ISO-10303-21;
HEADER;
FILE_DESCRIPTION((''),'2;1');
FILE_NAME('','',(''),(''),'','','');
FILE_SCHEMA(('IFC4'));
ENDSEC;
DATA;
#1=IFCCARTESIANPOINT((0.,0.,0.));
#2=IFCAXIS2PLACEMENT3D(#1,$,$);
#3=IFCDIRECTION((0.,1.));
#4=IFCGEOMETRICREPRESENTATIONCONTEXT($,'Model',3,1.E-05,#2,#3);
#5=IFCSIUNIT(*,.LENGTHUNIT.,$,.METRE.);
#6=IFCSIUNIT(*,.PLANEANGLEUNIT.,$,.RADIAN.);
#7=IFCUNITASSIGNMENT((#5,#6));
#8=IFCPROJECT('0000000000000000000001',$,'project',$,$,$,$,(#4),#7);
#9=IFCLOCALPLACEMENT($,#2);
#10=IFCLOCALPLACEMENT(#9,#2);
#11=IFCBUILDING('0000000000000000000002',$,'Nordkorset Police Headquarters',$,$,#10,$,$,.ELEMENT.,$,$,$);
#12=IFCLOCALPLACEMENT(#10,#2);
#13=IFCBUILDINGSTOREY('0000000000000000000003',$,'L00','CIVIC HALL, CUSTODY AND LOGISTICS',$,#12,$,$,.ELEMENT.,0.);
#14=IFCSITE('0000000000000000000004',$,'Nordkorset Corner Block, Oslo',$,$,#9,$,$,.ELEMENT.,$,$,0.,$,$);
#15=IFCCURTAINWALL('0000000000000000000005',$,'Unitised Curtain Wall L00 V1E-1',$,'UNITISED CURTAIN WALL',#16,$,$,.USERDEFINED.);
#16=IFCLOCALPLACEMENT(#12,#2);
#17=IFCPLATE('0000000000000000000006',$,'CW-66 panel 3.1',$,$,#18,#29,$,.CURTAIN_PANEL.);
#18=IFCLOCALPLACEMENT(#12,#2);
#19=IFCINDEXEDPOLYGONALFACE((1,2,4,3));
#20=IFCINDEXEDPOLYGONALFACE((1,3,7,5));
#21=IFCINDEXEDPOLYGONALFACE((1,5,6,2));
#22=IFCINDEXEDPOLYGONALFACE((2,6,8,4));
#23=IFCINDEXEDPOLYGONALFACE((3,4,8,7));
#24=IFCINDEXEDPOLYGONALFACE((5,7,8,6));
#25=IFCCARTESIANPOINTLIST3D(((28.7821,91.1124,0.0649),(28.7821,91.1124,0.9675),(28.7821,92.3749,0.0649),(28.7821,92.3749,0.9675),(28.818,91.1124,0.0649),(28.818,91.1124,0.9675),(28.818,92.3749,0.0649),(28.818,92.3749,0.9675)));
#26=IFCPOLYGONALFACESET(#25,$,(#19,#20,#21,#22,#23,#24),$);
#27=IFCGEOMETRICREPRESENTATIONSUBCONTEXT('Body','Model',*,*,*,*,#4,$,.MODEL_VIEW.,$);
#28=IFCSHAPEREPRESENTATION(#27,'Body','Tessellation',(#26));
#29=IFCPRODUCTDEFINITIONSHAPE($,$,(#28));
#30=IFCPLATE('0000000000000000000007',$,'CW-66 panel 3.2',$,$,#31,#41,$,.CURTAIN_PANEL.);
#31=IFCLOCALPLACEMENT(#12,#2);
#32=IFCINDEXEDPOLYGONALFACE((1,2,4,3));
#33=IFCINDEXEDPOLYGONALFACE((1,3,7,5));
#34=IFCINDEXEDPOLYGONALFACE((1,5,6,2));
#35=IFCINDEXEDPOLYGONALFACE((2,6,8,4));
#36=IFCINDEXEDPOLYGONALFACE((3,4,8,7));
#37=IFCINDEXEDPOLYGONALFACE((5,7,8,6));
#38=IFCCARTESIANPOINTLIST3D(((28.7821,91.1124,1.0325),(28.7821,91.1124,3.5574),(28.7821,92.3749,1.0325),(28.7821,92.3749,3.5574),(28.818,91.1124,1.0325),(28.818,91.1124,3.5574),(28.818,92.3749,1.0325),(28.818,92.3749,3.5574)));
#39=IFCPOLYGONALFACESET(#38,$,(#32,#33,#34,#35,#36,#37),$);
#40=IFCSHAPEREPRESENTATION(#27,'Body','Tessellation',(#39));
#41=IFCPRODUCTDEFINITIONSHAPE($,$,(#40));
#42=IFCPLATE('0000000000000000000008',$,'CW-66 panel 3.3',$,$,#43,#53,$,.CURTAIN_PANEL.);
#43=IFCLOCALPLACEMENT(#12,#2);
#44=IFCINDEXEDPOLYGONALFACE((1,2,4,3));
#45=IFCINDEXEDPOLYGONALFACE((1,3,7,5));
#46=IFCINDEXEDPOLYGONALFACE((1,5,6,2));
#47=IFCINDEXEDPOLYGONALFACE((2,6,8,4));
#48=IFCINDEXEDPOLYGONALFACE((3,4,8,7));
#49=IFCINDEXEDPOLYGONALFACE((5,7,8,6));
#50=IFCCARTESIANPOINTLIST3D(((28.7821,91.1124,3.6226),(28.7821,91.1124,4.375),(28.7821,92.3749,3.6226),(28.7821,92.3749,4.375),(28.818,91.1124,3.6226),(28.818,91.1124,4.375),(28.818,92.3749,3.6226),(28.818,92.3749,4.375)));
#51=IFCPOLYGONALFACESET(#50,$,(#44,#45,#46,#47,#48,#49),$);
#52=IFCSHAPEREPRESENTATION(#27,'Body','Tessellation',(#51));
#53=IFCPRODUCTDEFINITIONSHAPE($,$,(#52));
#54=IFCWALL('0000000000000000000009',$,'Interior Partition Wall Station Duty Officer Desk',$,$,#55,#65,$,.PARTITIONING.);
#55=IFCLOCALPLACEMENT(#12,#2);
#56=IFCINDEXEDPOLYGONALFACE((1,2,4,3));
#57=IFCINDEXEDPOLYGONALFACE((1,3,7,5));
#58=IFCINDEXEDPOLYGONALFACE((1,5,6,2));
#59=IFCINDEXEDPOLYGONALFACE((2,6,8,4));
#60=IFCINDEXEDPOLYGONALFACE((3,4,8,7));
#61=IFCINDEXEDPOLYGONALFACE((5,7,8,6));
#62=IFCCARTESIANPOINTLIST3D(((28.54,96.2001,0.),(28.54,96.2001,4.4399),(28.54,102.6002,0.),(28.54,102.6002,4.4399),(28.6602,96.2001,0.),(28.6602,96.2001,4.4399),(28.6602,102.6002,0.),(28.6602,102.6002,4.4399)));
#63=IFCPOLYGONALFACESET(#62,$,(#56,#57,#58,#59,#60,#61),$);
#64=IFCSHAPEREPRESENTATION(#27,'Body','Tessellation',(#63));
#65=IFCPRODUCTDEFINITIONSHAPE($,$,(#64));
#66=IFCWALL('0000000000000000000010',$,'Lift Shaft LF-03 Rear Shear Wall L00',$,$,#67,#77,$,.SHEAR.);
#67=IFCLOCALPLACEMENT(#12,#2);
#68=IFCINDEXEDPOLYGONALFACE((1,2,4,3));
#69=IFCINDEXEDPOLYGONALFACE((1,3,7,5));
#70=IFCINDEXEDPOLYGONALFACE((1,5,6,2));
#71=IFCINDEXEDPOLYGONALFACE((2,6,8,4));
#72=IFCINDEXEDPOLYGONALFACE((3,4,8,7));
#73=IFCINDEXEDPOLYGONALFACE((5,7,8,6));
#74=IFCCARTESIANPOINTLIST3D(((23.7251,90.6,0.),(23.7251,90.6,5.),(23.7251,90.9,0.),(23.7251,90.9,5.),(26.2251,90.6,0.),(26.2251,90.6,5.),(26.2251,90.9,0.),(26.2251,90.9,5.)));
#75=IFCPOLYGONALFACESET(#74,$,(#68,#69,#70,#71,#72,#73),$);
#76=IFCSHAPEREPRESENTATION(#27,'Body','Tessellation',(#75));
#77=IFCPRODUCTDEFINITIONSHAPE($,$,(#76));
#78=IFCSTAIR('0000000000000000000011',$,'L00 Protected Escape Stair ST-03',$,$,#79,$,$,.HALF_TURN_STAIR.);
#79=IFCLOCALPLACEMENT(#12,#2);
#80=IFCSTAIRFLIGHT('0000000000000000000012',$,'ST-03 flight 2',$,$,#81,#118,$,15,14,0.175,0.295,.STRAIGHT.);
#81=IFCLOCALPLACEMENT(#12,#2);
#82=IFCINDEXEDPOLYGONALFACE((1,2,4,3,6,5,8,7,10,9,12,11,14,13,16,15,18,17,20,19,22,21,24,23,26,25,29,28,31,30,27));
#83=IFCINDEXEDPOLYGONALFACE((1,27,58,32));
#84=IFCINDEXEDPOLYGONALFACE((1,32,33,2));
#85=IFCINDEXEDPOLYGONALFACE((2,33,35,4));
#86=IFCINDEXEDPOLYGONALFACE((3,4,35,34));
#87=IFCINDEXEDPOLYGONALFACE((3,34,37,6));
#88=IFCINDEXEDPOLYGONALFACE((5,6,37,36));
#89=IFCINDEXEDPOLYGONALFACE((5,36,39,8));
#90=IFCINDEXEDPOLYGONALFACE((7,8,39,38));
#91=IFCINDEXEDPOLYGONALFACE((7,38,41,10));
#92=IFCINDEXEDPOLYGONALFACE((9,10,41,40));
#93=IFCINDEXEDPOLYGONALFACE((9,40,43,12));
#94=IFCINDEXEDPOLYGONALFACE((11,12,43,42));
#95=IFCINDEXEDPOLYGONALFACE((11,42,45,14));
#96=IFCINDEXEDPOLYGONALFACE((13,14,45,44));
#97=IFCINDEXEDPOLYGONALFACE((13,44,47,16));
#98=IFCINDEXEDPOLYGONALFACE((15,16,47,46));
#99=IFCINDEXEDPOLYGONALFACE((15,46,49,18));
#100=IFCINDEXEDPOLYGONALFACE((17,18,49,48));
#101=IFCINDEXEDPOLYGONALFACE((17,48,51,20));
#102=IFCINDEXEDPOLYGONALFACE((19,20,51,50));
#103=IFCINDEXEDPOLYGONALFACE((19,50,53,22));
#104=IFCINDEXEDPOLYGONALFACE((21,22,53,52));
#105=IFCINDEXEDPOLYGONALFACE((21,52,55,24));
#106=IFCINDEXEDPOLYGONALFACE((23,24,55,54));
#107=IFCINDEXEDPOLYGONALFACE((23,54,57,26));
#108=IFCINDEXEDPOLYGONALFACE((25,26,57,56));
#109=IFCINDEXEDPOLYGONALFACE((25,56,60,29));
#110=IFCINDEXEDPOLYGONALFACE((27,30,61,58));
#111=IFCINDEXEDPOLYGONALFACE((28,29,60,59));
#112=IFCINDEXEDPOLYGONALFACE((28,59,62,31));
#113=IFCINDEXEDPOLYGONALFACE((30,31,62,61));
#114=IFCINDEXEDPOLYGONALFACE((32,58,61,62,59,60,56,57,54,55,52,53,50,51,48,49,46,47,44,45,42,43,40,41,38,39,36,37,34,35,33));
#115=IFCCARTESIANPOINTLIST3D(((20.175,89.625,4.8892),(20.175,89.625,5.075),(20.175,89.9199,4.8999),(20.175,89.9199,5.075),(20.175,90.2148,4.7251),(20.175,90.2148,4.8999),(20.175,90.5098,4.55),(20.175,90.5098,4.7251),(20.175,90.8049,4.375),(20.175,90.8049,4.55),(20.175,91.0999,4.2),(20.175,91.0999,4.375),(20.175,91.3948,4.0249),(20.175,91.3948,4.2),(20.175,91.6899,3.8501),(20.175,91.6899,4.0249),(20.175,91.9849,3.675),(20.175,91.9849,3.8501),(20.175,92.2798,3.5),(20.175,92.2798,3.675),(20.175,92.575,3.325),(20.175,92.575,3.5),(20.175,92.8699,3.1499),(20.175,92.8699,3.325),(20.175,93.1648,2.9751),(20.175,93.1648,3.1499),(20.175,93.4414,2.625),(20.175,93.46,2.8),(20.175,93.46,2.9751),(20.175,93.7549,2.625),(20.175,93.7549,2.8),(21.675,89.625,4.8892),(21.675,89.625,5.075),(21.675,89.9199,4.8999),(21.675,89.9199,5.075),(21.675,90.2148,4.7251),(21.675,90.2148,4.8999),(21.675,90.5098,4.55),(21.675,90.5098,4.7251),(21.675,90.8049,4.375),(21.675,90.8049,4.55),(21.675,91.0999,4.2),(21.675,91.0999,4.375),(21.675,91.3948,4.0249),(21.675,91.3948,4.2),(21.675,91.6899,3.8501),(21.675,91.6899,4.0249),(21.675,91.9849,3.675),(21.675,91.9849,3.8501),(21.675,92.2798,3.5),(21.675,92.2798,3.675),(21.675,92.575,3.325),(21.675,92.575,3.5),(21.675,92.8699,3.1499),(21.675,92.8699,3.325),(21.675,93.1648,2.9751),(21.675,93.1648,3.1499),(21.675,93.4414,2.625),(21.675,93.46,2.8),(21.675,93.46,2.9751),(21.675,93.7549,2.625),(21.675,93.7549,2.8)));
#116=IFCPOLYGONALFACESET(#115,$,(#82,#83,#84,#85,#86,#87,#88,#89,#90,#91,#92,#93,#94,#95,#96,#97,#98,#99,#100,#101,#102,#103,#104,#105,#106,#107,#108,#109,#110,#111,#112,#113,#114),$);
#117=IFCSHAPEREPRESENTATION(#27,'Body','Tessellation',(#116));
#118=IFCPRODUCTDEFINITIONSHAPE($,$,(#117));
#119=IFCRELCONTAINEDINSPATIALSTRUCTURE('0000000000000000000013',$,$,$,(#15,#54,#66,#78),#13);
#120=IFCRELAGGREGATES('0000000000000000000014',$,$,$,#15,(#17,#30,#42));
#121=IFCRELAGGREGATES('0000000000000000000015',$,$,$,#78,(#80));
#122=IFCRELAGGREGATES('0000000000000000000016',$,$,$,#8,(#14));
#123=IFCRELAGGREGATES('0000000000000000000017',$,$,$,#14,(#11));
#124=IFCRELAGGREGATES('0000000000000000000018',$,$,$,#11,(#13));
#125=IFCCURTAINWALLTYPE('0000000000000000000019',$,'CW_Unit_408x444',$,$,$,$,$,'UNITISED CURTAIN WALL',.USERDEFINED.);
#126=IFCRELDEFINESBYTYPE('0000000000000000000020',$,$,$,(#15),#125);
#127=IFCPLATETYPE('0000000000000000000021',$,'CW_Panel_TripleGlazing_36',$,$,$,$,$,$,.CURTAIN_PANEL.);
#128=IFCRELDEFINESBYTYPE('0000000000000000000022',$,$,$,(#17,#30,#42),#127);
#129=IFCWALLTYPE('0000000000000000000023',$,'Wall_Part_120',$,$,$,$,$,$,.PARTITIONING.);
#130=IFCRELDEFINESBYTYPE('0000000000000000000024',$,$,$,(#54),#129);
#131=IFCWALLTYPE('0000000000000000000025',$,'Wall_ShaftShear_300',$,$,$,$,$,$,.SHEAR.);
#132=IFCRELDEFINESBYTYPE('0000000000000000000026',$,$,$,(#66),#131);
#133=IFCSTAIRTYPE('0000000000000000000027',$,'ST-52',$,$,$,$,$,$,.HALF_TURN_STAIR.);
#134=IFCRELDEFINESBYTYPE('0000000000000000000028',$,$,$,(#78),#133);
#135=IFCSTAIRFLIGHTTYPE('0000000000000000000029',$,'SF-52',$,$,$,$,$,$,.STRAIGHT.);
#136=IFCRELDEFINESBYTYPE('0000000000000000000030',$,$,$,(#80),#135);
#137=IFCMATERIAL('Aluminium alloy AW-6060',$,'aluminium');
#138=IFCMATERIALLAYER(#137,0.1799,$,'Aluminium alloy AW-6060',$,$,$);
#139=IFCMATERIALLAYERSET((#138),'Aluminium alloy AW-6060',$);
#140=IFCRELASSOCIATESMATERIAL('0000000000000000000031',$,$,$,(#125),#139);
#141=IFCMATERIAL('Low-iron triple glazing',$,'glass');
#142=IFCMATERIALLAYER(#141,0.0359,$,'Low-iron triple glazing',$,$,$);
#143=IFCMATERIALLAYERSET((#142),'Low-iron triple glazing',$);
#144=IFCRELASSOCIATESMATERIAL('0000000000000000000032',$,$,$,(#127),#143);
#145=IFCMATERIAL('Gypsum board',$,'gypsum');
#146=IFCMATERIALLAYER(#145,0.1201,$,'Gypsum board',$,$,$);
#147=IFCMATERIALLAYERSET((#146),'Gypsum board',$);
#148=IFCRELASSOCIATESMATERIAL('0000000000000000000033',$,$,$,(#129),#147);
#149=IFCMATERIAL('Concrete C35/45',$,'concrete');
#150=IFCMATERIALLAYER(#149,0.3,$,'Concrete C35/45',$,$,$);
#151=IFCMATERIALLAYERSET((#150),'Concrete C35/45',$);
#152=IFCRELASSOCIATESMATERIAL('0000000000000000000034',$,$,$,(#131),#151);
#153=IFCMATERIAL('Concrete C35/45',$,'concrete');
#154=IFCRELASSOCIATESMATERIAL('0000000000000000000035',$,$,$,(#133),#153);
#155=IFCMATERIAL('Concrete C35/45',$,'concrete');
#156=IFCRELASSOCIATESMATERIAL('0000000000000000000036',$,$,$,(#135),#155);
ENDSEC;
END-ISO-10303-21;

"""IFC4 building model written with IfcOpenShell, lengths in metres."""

from ifc_helpers import new_model, si_unit, direction, frame, frame_2d, origin, origin_2d, place, context, subcontext, project, spatial, polyline, rectangle, outline, extrude, material, layer, layer_set, type_object, element, aggregate, save


model = new_model("IFC4")

# Units and contexts
model_context = context("Model", 3, precision=1e-05, world=origin(), true_north=direction((0.0, 1.0)))
body_context = subcontext(model_context, "Body", "Model", "MODEL_VIEW")
ifc_project = project(units=[si_unit("LENGTHUNIT", "METRE"), si_unit("PLANEANGLEUNIT", "RADIAN")], contexts=[model_context])

# Site, building, storey
site_placement = place(None, origin())
site = spatial("IfcSite", under=ifc_project, at=site_placement, Name="Nordkorset Corner Block, Oslo", CompositionType="ELEMENT", RefElevation=0.0)
building_placement = place(site_placement, origin())
building = spatial("IfcBuilding", under=site, at=building_placement, Name="Nordkorset Police Headquarters", CompositionType="ELEMENT")
storey_placement = place(building_placement, origin())
storey = spatial("IfcBuildingStorey", under=building, at=storey_placement, Name="L00", Description="CIVIC HALL, CUSTODY AND LOGISTICS", CompositionType="ELEMENT", Elevation=0.0)

# Curtain wall, plates
ifc_material_1 = material(Name="Aluminium alloy AW-6060", Category="aluminium")
ifc_layer_1 = layer(ifc_material_1, 0.1799, Name="Aluminium alloy AW-6060")
ifc_layer_set_1 = layer_set([ifc_layer_1], Name="Aluminium alloy AW-6060")
curtain_wall_type = type_object("IfcCurtainWallType", Name="CW_Unit_408x444", ElementType="UNITISED CURTAIN WALL", PredefinedType="USERDEFINED", material=ifc_layer_set_1)
curtain_wall_placement = place(storey_placement, origin())
curtain_wall = element("IfcCurtainWall", 1, at=curtain_wall_placement, inside=storey, type_object=curtain_wall_type, Name="Unitised Curtain Wall L00 V1E-1", ObjectType="UNITISED CURTAIN WALL", PredefinedType="USERDEFINED")
ifc_material_2 = material(Name="Low-iron triple glazing", Category="glass")
ifc_layer_2 = layer(ifc_material_2, 0.0359, Name="Low-iron triple glazing")
ifc_layer_set_2 = layer_set([ifc_layer_2], Name="Low-iron triple glazing")
plate_type = type_object("IfcPlateType", Name="CW_Panel_TripleGlazing_36", PredefinedType="CURTAIN_PANEL", material=ifc_layer_set_2)
plate_1_placement = place(storey_placement, frame((28.8, 91.7437, 0.0649), z_axis=(0.0, 0.0, 1.0), x_axis=(0.0, 1.0, 0.0)))
plate_1 = element("IfcPlate", 2, at=plate_1_placement, type_object=plate_type, Name="CW-66 panel 3.1", PredefinedType="CURTAIN_PANEL", context=body_context, shape_type="SweptSolid", body=[
    extrude(rectangle(XDim=1.2625, YDim=0.0359, at=origin_2d()), origin(), (0.0, 0.0, 1.0), 0.9026),
])
plate_2_placement = place(storey_placement, frame((28.8, 91.7437, 1.0325), z_axis=(0.0, 0.0, 1.0), x_axis=(0.0, 1.0, 0.0)))
plate_2 = element("IfcPlate", 3, at=plate_2_placement, type_object=plate_type, Name="CW-66 panel 3.2", PredefinedType="CURTAIN_PANEL", context=body_context, shape_type="SweptSolid", body=[
    extrude(rectangle(XDim=1.2625, YDim=0.0359, at=origin_2d()), origin(), (0.0, 0.0, 1.0), 2.5249),
])
plate_3_placement = place(storey_placement, frame((28.8, 91.7437, 3.6226), z_axis=(0.0, 0.0, 1.0), x_axis=(0.0, 1.0, 0.0)))
plate_3 = element("IfcPlate", 4, at=plate_3_placement, type_object=plate_type, Name="CW-66 panel 3.3", PredefinedType="CURTAIN_PANEL", context=body_context, shape_type="SweptSolid", body=[
    extrude(rectangle(XDim=1.2625, YDim=0.0359, at=origin_2d()), origin(), (0.0, 0.0, 1.0), 0.7524),
])
aggregate(curtain_wall, [plate_1, plate_2, plate_3])

# Walls
ifc_material_3 = material(Name="Gypsum board", Category="gypsum")
ifc_layer_3 = layer(ifc_material_3, 0.1201, Name="Gypsum board")
ifc_layer_set_3 = layer_set([ifc_layer_3], Name="Gypsum board")
wall_type_1 = type_object("IfcWallType", Name="Wall_Part_120", PredefinedType="PARTITIONING", material=ifc_layer_set_3)
wall_1_placement = place(storey_placement, frame((28.6001, 96.2, 0.0), z_axis=(0.0, 0.0, 1.0), x_axis=(0.0, 1.0, 0.0)))
element("IfcWall", 5, at=wall_1_placement, inside=storey, type_object=wall_type_1, Name="Interior Partition Wall Station Duty Officer Desk", PredefinedType="PARTITIONING", context=body_context, shape_type="SweptSolid", body=[
    extrude(rectangle(XDim=6.4001, YDim=0.1201, at=frame_2d((3.2002, 0.0))), origin(), (0.0, 0.0, 1.0), 4.4399),
])
ifc_material_4 = material(Name="Concrete C35/45", Category="concrete")
ifc_layer_4 = layer(ifc_material_4, 0.3, Name="Concrete C35/45")
ifc_layer_set_4 = layer_set([ifc_layer_4], Name="Concrete C35/45")
wall_type_2 = type_object("IfcWallType", Name="Wall_ShaftShear_300", PredefinedType="SHEAR", material=ifc_layer_set_4)
wall_2_placement = place(storey_placement, frame((23.7251, 90.75, 0.0), z_axis=(0.0, 0.0, 1.0), x_axis=(1.0, 0.0, 0.0)))
element("IfcWall", 6, at=wall_2_placement, inside=storey, type_object=wall_type_2, Name="Lift Shaft LF-03 Rear Shear Wall L00", PredefinedType="SHEAR", context=body_context, shape_type="SweptSolid", body=[
    extrude(rectangle(XDim=2.5, YDim=0.3, at=frame_2d((1.25, 0.0))), origin(), (0.0, 0.0, 1.0), 5.0),
])

# Stair, stair flight
ifc_material_5 = material(Name="Concrete C35/45", Category="concrete")
stair_type = type_object("IfcStairType", Name="ST-52", PredefinedType="HALF_TURN_STAIR", material=ifc_material_5)
stair_placement = place(storey_placement, origin())
stair = element("IfcStair", 7, at=stair_placement, inside=storey, type_object=stair_type, Name="L00 Protected Escape Stair ST-03", PredefinedType="HALF_TURN_STAIR")
ifc_material_6 = material(Name="Concrete C35/45", Category="concrete")
stair_flight_type = type_object("IfcStairFlightType", Name="SF-52", PredefinedType="STRAIGHT", material=ifc_material_6)
stair_flight_placement = place(storey_placement, frame((20.925, 93.7549, 2.625), z_axis=(0.0, 0.0, 1.0), x_axis=(0.0, -1.0, 0.0)))
stair_flight = element("IfcStairFlight", 8, at=stair_flight_placement, type_object=stair_flight_type, Name="ST-03 flight 2", NumberOfRisers=15, NumberOfTreads=14, PredefinedType="STRAIGHT", RiserHeight=0.175, TreadLength=0.295, context=body_context, shape_type="SweptSolid", body=[
    extrude(outline(polyline([(0.0, 0.0), (0.0, 0.175), (0.2949, 0.175), (0.2949, 0.3501), (0.5901, 0.3501), (0.5901, 0.5249), (0.885, 0.5249), (0.885, 0.7), (1.1799, 0.7), (1.1799, 0.875), (1.4751, 0.875), (1.4751, 1.05), (1.77, 1.05), (1.77, 1.2251), (2.0649, 1.2251), (2.0649, 1.3999), (2.3601, 1.3999), (2.3601, 1.575), (2.655, 1.575), (2.655, 1.75), (2.95, 1.75), (2.95, 1.925), (3.2451, 1.925), (3.2451, 2.1001), (3.54, 2.1001), (3.54, 2.2749), (3.835, 2.2749), (3.835, 2.45), (4.1299, 2.45), (4.1299, 2.625), (4.1299, 2.2642), (0.3135, 0.0), (0.0, 0.0)])), frame((0.0, 0.75, 0.0), z_axis=(0.0, -1.0, 0.0), x_axis=(1.0, 0.0, 0.0)), (0.0, 0.0, 1.0), 1.5),
])
aggregate(stair, [stair_flight])

save(model, "model.ifc")
